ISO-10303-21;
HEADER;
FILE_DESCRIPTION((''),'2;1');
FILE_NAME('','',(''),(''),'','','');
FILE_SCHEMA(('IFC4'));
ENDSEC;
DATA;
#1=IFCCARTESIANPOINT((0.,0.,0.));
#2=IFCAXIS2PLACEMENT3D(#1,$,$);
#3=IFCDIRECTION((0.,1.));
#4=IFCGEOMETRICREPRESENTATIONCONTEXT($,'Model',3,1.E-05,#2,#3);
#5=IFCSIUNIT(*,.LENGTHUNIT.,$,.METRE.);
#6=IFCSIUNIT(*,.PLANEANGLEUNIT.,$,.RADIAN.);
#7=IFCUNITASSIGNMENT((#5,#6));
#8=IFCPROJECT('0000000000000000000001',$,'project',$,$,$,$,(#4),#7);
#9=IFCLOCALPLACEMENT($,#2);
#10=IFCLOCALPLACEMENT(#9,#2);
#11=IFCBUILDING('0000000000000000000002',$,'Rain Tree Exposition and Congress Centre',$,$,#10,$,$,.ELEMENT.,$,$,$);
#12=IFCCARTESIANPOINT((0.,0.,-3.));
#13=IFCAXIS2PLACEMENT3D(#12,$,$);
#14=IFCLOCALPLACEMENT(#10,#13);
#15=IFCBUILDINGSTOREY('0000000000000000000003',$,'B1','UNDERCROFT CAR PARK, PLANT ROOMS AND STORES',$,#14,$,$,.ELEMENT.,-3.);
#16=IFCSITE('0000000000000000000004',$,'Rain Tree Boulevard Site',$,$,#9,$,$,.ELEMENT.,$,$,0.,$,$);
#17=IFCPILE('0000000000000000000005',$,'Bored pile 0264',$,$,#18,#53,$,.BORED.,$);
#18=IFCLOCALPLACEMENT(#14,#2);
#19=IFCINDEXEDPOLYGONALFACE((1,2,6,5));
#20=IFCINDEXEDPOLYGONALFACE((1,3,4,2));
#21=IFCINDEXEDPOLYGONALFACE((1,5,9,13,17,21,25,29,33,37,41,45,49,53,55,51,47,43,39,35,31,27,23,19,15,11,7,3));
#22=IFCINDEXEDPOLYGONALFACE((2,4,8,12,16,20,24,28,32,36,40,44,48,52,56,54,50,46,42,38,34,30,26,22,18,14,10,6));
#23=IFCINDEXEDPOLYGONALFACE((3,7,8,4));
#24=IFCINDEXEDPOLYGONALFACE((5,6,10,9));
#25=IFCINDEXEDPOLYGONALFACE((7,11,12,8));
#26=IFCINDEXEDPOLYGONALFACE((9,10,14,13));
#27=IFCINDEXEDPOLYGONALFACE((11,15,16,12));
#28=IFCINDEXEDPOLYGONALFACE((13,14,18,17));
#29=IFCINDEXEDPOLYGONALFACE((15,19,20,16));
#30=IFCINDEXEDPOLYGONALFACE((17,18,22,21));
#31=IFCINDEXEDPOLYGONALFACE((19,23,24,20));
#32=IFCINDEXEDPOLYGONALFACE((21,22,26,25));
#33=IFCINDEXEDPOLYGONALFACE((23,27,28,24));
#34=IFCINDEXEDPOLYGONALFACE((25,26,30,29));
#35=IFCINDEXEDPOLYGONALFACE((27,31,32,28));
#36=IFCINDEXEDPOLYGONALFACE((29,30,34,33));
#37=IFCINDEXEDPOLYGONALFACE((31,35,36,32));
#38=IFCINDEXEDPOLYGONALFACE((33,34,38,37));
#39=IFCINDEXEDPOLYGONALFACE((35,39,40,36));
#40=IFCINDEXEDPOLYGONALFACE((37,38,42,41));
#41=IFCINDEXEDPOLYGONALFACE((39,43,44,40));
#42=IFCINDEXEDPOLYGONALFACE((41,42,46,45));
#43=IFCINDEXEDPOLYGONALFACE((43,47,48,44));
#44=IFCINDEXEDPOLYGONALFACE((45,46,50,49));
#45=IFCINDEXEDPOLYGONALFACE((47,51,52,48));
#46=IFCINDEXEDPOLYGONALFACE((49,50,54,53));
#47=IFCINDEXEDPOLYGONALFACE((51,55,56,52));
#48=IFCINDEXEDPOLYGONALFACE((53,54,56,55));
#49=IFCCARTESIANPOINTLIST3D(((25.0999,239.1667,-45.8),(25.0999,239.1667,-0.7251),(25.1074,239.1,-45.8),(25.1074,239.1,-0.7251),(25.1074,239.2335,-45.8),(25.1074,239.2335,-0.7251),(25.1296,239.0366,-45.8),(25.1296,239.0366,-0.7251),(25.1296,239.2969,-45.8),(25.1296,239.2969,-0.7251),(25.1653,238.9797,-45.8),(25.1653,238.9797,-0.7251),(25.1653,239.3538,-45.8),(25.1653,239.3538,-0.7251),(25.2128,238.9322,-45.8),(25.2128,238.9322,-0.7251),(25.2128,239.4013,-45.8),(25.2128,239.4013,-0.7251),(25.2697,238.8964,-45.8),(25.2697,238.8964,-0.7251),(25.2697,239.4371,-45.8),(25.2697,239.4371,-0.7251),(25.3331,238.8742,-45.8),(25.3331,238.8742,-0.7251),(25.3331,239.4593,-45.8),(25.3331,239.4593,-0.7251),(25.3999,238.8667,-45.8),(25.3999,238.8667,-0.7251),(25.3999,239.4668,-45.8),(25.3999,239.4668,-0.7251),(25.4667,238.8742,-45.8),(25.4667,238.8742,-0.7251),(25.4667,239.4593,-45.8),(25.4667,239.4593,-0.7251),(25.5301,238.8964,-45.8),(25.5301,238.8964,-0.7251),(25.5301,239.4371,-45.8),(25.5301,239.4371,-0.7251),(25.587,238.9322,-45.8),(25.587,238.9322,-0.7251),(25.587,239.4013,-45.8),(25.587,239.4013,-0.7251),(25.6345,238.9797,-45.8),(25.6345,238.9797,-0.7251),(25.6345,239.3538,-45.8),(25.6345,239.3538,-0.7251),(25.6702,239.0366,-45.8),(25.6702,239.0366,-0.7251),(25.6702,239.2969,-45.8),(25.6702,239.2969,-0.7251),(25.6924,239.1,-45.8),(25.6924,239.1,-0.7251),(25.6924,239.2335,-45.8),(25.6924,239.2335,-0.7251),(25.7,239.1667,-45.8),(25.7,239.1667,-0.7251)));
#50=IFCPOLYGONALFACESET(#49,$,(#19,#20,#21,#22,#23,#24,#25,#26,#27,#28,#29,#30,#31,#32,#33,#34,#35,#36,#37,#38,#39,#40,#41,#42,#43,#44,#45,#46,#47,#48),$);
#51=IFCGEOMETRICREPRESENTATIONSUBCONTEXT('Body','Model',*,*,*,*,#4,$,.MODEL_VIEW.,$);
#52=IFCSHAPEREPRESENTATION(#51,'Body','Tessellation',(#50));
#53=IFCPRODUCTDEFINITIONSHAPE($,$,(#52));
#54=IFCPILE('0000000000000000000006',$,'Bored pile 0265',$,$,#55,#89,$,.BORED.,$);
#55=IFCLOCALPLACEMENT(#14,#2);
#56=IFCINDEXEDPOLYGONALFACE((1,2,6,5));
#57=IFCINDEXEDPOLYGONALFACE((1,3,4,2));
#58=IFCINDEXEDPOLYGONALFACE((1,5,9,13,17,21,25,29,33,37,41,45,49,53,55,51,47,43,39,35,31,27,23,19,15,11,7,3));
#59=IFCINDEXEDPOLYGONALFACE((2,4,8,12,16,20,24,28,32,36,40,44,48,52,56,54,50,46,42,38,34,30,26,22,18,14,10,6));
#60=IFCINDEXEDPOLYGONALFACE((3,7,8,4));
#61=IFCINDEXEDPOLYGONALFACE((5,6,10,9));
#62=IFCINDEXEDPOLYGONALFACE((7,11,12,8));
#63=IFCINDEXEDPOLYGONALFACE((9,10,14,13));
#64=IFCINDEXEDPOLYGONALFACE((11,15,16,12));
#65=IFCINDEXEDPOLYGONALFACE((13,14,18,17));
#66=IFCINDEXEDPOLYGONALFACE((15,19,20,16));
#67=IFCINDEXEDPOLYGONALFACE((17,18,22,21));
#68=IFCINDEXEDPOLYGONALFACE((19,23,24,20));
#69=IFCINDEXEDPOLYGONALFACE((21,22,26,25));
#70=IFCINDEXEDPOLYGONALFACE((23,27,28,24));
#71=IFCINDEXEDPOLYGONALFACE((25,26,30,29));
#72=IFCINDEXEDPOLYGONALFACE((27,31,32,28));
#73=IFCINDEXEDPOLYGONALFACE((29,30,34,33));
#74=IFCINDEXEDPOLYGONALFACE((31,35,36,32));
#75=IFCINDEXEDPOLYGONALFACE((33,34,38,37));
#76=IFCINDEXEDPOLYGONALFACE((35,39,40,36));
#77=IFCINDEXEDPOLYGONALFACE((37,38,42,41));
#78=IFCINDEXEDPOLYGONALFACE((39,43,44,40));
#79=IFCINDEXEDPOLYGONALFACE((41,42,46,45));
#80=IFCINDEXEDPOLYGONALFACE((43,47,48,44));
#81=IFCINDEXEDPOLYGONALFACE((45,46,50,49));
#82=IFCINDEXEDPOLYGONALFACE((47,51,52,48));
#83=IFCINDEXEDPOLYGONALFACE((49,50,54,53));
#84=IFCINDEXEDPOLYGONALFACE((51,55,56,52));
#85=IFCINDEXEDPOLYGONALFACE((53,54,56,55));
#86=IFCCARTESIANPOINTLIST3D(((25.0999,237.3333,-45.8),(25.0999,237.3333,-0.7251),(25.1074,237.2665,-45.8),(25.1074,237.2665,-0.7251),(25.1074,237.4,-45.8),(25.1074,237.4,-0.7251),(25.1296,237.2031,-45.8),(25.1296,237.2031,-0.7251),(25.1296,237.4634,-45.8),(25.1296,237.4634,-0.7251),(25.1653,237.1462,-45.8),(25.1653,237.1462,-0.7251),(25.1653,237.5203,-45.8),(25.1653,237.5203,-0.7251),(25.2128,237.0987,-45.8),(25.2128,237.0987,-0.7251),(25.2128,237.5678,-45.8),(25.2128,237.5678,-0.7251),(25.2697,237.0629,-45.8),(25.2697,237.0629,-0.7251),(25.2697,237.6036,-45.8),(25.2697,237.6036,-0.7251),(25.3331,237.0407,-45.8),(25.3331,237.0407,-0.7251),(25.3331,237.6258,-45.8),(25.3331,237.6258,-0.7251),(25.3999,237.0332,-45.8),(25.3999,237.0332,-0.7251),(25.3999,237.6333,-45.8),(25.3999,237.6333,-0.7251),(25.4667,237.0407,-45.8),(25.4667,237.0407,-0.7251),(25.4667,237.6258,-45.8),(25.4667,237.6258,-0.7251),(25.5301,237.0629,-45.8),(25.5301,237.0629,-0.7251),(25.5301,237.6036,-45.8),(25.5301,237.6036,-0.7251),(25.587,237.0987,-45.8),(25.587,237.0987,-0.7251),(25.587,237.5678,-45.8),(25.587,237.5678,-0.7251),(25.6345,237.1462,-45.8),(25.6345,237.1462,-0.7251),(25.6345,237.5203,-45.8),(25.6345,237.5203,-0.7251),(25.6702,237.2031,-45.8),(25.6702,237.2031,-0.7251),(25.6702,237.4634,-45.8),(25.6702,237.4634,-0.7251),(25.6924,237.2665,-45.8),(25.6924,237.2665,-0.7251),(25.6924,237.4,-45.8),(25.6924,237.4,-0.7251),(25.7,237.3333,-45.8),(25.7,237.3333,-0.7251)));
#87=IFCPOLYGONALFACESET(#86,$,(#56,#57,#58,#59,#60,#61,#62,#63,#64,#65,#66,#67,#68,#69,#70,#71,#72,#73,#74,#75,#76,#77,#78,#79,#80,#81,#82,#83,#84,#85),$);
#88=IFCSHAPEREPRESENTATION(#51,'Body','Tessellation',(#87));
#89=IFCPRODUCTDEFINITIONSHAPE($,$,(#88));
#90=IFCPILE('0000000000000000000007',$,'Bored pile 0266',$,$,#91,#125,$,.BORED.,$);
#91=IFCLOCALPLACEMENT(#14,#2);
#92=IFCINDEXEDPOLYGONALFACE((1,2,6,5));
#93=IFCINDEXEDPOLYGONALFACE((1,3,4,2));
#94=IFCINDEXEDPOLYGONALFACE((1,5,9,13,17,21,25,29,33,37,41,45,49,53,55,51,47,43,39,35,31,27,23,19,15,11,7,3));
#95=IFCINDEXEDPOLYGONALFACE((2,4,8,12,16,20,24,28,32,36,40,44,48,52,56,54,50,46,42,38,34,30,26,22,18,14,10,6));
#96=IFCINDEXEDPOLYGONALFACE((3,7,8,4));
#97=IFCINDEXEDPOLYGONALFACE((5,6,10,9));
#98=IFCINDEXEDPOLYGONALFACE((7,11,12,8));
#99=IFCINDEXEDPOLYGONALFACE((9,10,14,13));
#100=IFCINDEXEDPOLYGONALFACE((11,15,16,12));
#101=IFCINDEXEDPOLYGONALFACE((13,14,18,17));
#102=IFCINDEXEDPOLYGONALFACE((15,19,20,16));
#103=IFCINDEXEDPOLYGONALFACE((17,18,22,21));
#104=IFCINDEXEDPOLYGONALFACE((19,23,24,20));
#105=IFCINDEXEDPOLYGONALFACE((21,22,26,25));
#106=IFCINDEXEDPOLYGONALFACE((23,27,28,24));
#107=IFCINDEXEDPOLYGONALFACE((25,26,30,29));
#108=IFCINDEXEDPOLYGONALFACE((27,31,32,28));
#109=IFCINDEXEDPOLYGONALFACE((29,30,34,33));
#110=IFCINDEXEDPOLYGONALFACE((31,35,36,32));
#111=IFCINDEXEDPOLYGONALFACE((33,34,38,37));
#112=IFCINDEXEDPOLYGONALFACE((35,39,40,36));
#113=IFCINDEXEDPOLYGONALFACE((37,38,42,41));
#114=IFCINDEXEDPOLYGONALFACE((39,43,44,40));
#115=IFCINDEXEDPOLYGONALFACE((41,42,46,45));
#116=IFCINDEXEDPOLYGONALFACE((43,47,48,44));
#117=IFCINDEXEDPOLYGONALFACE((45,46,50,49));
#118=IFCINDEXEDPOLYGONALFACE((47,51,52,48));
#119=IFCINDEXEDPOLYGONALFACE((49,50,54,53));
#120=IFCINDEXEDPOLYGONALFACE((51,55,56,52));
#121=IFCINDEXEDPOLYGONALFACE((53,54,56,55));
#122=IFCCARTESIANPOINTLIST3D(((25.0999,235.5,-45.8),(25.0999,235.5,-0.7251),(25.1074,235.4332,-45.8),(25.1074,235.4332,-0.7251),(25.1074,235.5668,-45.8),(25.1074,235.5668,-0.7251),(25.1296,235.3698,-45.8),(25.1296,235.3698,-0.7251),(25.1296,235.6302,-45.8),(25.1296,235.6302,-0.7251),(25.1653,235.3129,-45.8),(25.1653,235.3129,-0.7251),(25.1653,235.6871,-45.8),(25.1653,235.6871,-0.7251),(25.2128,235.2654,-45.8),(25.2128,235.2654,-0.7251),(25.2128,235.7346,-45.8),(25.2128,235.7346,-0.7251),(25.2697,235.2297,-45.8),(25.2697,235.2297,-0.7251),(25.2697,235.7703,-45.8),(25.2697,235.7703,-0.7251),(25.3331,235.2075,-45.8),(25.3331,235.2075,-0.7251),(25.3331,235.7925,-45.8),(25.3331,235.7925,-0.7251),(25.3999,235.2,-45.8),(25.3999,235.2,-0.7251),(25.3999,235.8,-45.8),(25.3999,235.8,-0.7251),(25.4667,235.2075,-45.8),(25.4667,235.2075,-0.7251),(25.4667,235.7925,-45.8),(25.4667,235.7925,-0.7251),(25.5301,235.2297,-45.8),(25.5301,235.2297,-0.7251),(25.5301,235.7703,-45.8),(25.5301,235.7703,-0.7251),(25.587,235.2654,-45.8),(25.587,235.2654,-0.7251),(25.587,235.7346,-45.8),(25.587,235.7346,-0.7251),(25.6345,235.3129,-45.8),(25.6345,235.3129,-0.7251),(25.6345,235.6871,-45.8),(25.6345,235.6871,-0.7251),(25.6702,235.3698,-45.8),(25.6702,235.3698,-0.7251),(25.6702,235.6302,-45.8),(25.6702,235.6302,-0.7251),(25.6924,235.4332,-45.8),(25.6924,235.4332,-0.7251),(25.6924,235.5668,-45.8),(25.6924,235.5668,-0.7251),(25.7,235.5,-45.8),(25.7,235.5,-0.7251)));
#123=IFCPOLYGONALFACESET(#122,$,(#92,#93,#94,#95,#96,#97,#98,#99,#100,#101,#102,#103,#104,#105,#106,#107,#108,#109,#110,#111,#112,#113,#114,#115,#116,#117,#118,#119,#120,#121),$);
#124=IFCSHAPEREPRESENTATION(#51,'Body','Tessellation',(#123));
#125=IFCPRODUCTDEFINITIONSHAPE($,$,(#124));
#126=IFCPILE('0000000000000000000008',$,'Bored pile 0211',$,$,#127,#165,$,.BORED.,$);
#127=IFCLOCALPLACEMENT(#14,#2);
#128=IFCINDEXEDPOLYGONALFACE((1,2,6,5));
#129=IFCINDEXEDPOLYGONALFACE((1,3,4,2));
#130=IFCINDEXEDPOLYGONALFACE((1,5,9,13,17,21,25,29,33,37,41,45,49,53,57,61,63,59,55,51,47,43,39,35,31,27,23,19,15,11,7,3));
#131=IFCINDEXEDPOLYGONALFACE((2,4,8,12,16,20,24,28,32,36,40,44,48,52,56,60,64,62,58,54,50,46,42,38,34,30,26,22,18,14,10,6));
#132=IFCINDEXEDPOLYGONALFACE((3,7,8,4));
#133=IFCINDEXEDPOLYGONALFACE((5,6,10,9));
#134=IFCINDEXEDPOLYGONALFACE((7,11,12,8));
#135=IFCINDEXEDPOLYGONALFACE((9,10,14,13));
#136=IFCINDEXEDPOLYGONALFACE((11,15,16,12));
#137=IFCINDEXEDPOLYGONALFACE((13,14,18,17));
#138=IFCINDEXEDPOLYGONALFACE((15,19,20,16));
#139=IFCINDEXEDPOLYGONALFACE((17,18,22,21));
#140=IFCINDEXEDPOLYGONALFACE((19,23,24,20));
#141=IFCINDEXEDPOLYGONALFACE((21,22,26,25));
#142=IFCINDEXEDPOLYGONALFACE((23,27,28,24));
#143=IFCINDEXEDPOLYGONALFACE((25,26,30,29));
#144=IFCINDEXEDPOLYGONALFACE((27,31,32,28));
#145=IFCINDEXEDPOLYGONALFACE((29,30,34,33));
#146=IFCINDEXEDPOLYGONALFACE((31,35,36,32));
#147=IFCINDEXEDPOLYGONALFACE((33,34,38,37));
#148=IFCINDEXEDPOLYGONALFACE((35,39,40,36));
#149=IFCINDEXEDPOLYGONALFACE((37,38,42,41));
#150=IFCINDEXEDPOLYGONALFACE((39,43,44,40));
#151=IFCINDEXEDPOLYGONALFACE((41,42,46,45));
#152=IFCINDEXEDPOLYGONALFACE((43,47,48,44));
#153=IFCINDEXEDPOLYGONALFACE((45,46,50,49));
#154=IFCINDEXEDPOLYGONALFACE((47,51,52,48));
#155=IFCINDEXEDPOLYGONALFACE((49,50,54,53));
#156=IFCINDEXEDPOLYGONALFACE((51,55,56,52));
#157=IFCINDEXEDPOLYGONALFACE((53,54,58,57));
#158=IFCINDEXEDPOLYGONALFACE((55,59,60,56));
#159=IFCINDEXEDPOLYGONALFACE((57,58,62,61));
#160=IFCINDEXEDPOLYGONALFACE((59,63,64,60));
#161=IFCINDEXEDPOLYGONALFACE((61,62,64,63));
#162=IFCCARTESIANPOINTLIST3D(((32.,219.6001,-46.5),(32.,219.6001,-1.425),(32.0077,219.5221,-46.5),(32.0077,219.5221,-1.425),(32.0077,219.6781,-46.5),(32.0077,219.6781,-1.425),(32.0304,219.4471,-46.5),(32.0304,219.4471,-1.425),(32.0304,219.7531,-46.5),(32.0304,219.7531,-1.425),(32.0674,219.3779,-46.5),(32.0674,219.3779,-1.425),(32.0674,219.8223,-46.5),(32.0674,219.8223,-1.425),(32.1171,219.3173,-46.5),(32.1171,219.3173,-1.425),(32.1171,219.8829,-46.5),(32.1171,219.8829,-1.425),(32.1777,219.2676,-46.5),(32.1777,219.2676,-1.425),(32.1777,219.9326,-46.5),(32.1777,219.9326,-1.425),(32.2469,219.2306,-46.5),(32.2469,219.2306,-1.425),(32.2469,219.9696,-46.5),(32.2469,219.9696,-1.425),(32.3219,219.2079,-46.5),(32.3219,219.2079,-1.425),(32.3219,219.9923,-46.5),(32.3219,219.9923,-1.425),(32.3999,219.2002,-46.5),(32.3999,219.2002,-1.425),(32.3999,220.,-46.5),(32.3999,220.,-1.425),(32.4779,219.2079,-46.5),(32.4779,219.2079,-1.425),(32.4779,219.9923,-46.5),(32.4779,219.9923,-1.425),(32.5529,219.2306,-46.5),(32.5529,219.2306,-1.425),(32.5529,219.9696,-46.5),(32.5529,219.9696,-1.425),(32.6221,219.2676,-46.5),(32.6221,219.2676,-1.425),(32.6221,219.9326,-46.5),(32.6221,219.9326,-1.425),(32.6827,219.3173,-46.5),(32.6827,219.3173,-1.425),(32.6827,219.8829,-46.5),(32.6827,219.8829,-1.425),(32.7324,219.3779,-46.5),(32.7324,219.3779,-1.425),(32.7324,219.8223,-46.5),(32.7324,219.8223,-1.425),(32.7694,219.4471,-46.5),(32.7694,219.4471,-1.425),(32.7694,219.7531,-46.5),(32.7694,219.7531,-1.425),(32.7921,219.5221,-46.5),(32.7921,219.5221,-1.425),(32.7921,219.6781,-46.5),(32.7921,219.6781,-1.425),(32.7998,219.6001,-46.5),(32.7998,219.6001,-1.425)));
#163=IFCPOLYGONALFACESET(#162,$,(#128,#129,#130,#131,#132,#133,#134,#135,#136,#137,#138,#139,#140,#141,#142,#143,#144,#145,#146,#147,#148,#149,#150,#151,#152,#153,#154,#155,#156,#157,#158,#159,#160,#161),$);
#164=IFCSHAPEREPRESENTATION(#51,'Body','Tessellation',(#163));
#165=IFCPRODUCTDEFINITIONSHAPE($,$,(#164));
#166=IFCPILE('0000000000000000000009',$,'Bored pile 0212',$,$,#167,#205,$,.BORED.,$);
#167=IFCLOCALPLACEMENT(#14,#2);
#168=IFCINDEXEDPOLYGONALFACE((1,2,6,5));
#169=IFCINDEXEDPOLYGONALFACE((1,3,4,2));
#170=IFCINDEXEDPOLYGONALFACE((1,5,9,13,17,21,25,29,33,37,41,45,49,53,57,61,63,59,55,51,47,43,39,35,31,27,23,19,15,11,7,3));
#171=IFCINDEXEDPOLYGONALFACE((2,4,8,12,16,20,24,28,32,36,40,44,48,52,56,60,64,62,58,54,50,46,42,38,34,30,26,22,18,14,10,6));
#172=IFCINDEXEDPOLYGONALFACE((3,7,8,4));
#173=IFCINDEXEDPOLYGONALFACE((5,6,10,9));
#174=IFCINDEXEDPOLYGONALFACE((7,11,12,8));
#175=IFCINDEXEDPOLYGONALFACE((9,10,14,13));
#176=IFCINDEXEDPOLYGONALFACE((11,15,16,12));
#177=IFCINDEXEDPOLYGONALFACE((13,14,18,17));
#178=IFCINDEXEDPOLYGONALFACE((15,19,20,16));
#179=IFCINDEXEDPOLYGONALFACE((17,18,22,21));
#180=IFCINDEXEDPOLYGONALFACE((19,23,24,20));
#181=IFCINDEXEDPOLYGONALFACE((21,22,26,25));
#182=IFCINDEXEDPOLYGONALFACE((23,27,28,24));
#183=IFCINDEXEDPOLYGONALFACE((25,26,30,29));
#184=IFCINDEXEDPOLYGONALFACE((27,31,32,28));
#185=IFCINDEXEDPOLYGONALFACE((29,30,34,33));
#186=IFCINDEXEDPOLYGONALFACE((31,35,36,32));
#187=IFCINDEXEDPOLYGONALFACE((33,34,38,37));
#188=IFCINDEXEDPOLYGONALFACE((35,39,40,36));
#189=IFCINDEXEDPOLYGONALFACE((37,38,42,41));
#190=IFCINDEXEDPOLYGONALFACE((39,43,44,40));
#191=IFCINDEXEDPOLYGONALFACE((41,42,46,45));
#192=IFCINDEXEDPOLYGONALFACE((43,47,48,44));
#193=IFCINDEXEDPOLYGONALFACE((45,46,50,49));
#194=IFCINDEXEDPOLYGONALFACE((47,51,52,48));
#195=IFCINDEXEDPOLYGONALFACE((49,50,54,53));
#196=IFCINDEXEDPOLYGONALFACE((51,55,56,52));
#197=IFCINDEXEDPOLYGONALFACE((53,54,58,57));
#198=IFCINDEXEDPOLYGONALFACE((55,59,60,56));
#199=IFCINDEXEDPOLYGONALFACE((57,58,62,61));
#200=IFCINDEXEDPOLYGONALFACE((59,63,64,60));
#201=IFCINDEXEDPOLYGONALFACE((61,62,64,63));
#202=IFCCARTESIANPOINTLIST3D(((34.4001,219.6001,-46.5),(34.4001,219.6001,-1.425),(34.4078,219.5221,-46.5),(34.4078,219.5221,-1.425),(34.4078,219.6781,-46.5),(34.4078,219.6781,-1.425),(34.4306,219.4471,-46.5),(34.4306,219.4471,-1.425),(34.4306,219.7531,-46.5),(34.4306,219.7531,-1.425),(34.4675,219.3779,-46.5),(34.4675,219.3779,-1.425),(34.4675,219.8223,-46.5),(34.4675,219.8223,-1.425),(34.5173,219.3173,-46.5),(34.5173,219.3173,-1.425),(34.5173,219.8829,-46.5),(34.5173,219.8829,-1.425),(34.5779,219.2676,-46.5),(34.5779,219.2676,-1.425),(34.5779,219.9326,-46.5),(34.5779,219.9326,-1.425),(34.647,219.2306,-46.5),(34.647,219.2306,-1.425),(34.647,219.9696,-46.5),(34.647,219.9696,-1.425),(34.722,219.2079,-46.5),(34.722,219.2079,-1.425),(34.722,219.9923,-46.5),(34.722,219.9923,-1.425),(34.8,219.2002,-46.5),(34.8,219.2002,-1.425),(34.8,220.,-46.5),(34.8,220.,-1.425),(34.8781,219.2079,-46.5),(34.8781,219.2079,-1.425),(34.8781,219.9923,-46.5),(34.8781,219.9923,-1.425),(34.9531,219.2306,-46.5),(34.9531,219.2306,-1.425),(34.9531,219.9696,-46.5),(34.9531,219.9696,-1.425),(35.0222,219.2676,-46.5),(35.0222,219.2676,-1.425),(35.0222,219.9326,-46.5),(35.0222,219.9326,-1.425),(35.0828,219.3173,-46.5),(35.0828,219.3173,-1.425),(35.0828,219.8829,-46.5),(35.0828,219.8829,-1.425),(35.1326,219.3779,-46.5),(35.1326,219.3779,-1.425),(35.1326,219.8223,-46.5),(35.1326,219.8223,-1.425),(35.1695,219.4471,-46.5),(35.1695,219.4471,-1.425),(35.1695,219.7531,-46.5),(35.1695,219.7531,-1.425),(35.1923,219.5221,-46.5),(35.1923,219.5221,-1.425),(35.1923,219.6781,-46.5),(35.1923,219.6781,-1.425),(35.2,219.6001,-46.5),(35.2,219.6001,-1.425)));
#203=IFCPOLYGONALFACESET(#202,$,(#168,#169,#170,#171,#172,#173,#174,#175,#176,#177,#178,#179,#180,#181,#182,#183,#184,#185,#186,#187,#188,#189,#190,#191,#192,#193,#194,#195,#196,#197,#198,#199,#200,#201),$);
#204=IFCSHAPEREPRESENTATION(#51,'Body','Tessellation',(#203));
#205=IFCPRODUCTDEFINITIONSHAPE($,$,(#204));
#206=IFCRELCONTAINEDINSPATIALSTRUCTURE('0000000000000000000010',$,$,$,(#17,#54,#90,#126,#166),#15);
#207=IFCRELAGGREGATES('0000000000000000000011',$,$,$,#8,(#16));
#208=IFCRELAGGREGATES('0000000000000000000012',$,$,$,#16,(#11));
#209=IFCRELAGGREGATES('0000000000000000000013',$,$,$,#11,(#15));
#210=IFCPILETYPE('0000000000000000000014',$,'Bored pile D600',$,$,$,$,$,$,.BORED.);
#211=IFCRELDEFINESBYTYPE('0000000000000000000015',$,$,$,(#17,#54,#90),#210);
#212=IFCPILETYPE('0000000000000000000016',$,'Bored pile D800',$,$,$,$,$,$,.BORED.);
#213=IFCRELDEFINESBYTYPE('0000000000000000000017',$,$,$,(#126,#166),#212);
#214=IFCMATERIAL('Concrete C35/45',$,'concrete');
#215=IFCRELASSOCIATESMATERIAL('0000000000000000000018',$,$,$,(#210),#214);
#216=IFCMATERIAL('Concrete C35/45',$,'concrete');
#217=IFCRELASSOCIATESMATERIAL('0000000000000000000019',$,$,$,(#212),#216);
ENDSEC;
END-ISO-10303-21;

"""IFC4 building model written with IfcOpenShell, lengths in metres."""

from ifc_helpers import new_model, si_unit, direction, frame, origin, origin_2d, place, context, subcontext, project, spatial, circle, extrude, material, material_profile, profile_set, type_object, element, save


model = new_model("IFC4")

# Units and contexts
model_context = context("Model", 3, precision=1e-05, world=origin(), true_north=direction((0.0, 1.0)))
body_context = subcontext(model_context, "Body", "Model", "MODEL_VIEW")
ifc_project = project(units=[si_unit("LENGTHUNIT", "METRE"), si_unit("PLANEANGLEUNIT", "RADIAN")], contexts=[model_context])

# Site, building, storey
site_placement = place(None, origin())
site = spatial("IfcSite", under=ifc_project, at=site_placement, Name="Rain Tree Boulevard Site", CompositionType="ELEMENT", RefElevation=0.0)
building_placement = place(site_placement, origin())
building = spatial("IfcBuilding", under=site, at=building_placement, Name="Rain Tree Exposition and Congress Centre", CompositionType="ELEMENT")
storey_placement = place(building_placement, frame((0.0, 0.0, -3.0)))
storey = spatial("IfcBuildingStorey", under=building, at=storey_placement, Name="B1", Description="UNDERCROFT CAR PARK, PLANT ROOMS AND STORES", CompositionType="ELEMENT", Elevation=-3.0)

# Piles
ifc_material_1 = material(Name="Concrete C35/45", Category="concrete")
ifc_material_profile_1 = material_profile(ifc_material_1, circle(Radius=0.3, at=origin_2d()), Name="D600")
ifc_profile_set_1 = profile_set([ifc_material_profile_1], Name="Concrete C35/45")
pile_type_1 = type_object("IfcPileType", Name="Bored pile D600", PredefinedType="BORED", material=ifc_profile_set_1)
for number, where, z_axis, x_axis, name in (
    (1, (25.3999, 239.1667, -0.7251), (0.0, 0.0, -1.0), (1.0, 0.0, 0.0), "Bored pile 0264"),
    (2, (25.3999, 237.3333, -0.7251), (0.0, 0.0, -1.0), (1.0, 0.0, 0.0), "Bored pile 0265"),
    (3, (25.3999, 235.5, -0.7251), (0.0, 0.0, -1.0), (1.0, 0.0, 0.0), "Bored pile 0266"),
):
    element("IfcPile", number, at=place(storey_placement, frame(where, z_axis=z_axis, x_axis=x_axis)), inside=storey, type_object=pile_type_1, Name=name, PredefinedType="BORED", context=body_context, shape_type="SweptSolid", body=[
        extrude(circle(Radius=0.3, at=origin_2d()), origin(), (0.0, 0.0, 1.0), 45.075),
    ])
ifc_material_2 = material(Name="Concrete C35/45", Category="concrete")
ifc_material_profile_2 = material_profile(ifc_material_2, circle(Radius=0.3999, at=origin_2d()), Name="D800")
ifc_profile_set_2 = profile_set([ifc_material_profile_2], Name="Concrete C35/45")
pile_type_2 = type_object("IfcPileType", Name="Bored pile D800", PredefinedType="BORED", material=ifc_profile_set_2)
for number, where, z_axis, x_axis, name in (
    (4, (32.3999, 219.6001, -1.425), (0.0, 0.0, -1.0), (1.0, 0.0, 0.0), "Bored pile 0211"),
    (5, (34.8, 219.6001, -1.425), (0.0, 0.0, -1.0), (1.0, 0.0, 0.0), "Bored pile 0212"),
):
    element("IfcPile", number, at=place(storey_placement, frame(where, z_axis=z_axis, x_axis=x_axis)), inside=storey, type_object=pile_type_2, Name=name, PredefinedType="BORED", context=body_context, shape_type="SweptSolid", body=[
        extrude(circle(Radius=0.3999, at=origin_2d()), origin(), (0.0, 0.0, 1.0), 45.075),
    ])

save(model, "model.ifc")
